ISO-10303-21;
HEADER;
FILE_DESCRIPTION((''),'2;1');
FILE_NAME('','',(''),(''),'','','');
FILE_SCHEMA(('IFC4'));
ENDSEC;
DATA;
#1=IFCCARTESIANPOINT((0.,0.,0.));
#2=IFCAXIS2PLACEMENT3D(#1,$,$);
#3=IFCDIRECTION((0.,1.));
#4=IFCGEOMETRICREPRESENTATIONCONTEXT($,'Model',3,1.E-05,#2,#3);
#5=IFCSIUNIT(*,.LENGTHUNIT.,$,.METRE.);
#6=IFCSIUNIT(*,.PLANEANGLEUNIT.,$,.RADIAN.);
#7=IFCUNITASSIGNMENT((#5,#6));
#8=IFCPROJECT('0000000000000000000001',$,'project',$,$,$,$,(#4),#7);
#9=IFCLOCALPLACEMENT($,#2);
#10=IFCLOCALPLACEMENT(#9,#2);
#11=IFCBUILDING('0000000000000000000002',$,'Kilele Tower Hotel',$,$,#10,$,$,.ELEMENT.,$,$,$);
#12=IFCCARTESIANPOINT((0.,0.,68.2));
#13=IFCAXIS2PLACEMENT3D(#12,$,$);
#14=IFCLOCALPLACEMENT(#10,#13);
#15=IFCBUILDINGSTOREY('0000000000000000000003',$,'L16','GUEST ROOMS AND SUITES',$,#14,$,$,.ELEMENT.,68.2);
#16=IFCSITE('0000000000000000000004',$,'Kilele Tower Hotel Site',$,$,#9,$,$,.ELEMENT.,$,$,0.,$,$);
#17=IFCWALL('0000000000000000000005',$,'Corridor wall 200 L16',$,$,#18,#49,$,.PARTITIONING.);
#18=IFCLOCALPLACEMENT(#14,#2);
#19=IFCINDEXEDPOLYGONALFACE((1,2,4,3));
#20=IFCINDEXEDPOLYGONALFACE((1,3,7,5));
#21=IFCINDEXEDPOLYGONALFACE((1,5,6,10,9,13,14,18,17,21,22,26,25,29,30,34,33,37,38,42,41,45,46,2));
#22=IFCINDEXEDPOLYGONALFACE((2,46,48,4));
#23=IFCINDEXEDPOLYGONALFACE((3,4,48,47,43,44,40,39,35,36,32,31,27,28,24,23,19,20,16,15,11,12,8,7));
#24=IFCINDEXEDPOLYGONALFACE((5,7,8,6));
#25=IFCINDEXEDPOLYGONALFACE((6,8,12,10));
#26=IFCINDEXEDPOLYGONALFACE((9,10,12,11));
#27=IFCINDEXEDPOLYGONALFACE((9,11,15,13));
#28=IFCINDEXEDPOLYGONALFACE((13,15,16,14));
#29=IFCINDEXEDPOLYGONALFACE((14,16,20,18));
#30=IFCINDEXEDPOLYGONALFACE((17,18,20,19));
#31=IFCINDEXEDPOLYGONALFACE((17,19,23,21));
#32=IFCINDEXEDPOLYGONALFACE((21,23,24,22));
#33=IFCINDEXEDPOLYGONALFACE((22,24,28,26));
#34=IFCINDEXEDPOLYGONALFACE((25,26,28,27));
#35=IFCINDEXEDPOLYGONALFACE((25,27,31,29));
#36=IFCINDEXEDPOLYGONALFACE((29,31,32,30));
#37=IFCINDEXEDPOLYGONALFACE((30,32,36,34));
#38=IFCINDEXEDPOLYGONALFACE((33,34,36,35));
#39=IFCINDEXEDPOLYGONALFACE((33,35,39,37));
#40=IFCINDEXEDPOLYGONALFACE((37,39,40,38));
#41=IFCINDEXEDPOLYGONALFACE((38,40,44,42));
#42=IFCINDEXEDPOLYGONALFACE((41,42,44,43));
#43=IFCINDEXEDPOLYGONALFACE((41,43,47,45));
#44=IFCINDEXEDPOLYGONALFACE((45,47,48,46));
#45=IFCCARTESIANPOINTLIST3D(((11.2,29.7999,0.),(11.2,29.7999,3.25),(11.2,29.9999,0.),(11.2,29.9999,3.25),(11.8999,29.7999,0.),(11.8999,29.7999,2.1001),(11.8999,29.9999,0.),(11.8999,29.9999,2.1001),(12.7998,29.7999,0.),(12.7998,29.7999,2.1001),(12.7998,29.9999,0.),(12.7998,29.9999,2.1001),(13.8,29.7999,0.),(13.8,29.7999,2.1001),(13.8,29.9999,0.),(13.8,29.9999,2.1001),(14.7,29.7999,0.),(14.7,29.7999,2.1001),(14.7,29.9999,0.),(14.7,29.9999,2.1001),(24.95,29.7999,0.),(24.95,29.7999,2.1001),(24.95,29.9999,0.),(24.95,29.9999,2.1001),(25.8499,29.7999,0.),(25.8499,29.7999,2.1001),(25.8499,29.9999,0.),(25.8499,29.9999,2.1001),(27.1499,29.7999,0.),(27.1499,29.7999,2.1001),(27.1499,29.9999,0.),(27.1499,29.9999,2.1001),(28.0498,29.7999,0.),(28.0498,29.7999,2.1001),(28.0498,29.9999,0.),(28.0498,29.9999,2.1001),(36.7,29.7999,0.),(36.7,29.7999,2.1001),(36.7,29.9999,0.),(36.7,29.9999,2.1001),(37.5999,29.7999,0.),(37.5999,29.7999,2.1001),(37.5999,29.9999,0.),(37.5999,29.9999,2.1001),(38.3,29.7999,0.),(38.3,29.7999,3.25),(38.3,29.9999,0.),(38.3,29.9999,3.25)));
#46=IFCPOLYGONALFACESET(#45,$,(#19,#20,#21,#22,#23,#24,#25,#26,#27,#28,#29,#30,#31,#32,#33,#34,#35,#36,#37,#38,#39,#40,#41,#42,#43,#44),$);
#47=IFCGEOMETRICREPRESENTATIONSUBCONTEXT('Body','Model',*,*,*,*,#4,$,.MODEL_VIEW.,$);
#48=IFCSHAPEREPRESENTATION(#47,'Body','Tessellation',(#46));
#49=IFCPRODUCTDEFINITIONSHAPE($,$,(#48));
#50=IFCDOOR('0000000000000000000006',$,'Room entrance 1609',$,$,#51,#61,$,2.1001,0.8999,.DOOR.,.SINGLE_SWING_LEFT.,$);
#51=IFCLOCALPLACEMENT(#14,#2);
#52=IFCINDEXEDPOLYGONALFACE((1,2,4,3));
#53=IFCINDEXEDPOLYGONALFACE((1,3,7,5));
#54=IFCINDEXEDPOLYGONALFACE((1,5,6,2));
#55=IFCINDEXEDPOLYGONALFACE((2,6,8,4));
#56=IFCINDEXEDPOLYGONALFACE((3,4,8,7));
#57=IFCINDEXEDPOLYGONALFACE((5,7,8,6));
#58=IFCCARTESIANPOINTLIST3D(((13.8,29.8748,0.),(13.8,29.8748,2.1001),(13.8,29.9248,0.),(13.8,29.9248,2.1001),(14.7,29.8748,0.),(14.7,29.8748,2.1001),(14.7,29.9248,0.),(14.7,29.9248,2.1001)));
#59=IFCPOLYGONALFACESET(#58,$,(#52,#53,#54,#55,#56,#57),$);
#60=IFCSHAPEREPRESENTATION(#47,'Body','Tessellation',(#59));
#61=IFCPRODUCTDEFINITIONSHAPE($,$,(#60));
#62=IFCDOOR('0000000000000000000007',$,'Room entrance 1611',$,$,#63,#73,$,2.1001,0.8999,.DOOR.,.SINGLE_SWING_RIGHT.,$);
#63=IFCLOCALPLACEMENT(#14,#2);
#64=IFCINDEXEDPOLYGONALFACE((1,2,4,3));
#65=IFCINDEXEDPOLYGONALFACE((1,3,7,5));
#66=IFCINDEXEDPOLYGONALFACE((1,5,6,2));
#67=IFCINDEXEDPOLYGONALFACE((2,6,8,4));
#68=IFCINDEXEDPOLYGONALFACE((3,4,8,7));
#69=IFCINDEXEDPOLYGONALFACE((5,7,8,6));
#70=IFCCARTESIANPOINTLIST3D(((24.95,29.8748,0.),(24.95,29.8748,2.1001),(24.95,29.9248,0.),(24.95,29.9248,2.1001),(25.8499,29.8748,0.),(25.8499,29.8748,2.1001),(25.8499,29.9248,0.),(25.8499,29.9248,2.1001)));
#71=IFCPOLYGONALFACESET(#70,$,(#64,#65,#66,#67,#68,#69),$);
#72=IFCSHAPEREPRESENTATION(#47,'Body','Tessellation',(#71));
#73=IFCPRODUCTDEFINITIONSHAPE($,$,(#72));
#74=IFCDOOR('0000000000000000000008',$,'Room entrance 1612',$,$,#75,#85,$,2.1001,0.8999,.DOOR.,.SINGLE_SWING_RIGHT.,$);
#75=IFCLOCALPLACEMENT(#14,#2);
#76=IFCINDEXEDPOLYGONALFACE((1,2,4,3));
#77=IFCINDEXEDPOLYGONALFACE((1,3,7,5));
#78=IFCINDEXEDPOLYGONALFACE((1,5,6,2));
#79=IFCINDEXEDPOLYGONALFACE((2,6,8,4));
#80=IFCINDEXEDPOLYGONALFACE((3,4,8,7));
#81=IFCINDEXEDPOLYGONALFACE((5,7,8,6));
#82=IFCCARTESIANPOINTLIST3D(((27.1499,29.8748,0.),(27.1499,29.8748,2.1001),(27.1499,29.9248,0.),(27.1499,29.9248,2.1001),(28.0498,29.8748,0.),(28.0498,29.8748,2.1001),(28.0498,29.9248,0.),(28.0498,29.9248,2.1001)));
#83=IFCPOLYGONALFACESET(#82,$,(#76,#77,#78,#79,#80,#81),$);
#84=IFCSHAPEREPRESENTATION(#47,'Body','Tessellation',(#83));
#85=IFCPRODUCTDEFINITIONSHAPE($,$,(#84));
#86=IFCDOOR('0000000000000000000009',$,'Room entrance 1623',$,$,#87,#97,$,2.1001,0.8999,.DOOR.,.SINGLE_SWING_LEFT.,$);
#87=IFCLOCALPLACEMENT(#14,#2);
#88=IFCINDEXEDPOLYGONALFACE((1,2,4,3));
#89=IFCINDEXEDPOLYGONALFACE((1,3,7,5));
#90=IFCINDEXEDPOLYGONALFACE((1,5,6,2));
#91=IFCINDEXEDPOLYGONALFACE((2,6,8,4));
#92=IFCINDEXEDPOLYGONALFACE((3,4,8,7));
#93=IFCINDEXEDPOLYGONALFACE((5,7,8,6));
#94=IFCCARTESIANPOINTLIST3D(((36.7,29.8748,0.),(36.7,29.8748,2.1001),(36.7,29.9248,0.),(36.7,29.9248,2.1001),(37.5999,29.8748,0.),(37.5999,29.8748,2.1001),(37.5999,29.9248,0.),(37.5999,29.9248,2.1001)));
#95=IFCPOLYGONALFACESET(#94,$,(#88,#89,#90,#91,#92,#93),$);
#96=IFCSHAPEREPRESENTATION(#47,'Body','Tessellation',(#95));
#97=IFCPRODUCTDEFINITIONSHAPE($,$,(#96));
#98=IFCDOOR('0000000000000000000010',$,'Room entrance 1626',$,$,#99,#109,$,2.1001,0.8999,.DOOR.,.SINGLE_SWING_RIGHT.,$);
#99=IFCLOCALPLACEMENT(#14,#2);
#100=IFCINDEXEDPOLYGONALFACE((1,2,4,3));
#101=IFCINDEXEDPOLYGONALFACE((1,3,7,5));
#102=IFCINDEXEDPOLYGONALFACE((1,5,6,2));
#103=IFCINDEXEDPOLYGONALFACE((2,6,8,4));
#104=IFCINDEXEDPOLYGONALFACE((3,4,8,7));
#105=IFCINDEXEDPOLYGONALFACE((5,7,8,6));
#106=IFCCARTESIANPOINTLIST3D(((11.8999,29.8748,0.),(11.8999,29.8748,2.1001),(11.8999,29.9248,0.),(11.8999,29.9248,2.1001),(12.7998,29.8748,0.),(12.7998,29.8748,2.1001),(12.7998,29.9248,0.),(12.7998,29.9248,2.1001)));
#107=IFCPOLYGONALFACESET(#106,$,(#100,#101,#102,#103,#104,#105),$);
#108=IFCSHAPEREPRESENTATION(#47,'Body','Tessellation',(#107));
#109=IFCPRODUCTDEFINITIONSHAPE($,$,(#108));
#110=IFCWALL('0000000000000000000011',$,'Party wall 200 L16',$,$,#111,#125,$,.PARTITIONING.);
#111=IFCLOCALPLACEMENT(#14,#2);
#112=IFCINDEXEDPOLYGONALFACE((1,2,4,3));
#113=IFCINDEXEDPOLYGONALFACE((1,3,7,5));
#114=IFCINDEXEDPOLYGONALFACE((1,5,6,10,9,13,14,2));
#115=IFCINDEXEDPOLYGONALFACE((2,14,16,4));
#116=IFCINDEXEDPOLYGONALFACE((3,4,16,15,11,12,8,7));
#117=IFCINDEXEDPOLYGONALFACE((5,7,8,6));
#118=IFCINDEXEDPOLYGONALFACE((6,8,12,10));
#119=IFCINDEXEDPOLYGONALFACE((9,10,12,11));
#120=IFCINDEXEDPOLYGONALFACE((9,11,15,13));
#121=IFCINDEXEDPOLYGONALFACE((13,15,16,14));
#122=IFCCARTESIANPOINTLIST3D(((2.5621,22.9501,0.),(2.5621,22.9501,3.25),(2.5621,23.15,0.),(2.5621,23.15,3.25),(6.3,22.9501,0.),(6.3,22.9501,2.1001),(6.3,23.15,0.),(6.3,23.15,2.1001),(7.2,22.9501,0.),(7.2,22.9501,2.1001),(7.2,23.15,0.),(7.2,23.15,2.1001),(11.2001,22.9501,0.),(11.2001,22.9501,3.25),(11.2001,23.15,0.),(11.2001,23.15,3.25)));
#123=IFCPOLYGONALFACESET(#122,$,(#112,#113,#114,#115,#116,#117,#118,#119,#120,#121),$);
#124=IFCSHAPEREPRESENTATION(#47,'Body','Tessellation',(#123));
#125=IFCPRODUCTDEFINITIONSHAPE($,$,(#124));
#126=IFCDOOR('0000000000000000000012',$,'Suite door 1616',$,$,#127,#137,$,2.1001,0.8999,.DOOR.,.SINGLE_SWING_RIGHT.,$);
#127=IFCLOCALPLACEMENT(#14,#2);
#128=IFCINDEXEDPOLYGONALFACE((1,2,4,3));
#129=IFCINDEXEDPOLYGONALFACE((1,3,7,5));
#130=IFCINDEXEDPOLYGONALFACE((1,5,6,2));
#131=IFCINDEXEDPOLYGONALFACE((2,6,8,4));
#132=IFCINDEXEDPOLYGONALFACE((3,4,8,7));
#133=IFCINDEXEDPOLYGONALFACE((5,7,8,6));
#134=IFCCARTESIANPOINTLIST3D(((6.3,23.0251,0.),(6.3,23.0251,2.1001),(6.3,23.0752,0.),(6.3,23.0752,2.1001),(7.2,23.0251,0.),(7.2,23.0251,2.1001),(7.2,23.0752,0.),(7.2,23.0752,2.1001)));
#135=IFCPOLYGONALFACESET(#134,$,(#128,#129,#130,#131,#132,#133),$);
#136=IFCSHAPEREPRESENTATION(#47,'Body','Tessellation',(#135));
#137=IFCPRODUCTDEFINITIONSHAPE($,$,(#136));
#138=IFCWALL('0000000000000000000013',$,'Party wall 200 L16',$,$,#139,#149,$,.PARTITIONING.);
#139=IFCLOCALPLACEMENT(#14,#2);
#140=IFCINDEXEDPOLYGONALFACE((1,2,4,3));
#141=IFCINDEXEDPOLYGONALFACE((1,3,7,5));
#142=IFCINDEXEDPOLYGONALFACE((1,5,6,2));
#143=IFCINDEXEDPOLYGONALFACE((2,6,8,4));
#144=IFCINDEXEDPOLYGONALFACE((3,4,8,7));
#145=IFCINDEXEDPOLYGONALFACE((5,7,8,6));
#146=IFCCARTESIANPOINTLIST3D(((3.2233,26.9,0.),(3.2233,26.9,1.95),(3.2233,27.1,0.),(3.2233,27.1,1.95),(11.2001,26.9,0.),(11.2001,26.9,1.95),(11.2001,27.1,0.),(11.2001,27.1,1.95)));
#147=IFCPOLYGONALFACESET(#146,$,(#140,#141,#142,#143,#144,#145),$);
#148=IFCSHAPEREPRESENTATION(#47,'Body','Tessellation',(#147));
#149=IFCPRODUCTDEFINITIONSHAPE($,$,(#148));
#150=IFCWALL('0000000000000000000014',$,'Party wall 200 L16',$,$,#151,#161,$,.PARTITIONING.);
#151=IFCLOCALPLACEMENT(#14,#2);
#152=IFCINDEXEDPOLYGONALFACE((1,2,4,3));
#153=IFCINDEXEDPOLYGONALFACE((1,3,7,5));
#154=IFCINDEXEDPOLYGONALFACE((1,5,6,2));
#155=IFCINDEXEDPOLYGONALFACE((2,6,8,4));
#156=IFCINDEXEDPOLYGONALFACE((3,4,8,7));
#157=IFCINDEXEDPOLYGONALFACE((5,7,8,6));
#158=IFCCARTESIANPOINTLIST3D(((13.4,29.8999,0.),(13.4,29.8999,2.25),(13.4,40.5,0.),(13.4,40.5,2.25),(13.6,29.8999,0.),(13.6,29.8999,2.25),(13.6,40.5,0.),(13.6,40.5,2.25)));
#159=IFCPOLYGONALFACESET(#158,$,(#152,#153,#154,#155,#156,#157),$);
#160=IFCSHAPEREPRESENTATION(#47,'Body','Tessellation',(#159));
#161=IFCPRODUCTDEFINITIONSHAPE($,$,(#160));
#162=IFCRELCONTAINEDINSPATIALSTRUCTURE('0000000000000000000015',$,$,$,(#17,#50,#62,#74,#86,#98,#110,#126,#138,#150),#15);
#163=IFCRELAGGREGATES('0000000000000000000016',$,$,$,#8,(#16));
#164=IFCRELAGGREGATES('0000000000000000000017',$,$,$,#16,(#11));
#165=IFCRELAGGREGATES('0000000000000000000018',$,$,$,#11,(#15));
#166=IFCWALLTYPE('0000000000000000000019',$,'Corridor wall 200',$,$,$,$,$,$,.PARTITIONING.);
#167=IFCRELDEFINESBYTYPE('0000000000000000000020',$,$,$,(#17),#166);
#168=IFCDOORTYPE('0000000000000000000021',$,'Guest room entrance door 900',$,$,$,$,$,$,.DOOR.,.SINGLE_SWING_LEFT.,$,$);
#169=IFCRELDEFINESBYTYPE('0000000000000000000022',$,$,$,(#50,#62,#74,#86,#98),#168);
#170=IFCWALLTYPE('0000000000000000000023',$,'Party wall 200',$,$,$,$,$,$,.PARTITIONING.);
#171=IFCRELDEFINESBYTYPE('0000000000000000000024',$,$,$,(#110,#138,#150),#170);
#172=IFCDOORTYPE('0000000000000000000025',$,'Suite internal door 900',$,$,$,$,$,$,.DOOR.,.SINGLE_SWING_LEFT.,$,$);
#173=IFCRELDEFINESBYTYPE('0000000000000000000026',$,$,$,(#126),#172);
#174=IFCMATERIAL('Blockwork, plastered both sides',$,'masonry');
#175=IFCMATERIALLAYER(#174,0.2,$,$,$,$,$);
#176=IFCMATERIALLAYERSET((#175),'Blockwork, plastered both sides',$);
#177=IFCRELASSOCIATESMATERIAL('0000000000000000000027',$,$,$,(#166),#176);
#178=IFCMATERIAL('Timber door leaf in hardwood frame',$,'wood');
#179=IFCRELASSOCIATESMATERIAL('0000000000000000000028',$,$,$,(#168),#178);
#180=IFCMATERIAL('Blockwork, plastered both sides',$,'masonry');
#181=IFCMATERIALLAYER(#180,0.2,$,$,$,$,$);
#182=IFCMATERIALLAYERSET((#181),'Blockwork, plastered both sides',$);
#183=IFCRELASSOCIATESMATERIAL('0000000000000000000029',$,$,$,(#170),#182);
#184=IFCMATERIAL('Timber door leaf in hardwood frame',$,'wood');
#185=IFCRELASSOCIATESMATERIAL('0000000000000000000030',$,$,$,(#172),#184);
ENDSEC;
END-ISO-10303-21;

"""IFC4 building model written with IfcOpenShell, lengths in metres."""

from ifc_helpers import new_model, si_unit, direction, frame, frame_2d, origin, place, context, subcontext, project, spatial, rectangle, extrude, material, layer, layer_set, type_object, element, fill, save


model = new_model("IFC4")

# Units and contexts
model_context = context("Model", 3, precision=1e-05, world=origin(), true_north=direction((0.0, 1.0)))
body_context = subcontext(model_context, "Body", "Model", "MODEL_VIEW")
ifc_project = project(units=[si_unit("LENGTHUNIT", "METRE"), si_unit("PLANEANGLEUNIT", "RADIAN")], contexts=[model_context])

# Site, building, storey
site_placement = place(None, origin())
site = spatial("IfcSite", under=ifc_project, at=site_placement, Name="Kilele Tower Hotel Site", CompositionType="ELEMENT", RefElevation=0.0)
building_placement = place(site_placement, origin())
building = spatial("IfcBuilding", under=site, at=building_placement, Name="Kilele Tower Hotel", CompositionType="ELEMENT")
storey_placement = place(building_placement, frame((0.0, 0.0, 68.2)))
storey = spatial("IfcBuildingStorey", under=building, at=storey_placement, Name="L16", Description="GUEST ROOMS AND SUITES", CompositionType="ELEMENT", Elevation=68.2)

# Wall, openings, doors
ifc_material_1 = material(Name="Blockwork, plastered both sides", Category="masonry")
ifc_layer_1 = layer(ifc_material_1, 0.2)
ifc_layer_set_1 = layer_set([ifc_layer_1], Name="Blockwork, plastered both sides")
wall_type_1 = type_object("IfcWallType", Name="Corridor wall 200", PredefinedType="PARTITIONING", material=ifc_layer_set_1)
wall_1_placement = place(storey_placement, frame((11.2, 29.8999, 0.0), z_axis=(0.0, 0.0, 1.0), x_axis=(1.0, 0.0, 0.0)))
wall_1 = element("IfcWall", 1, at=wall_1_placement, inside=storey, type_object=wall_type_1, Name="Corridor wall 200 L16", PredefinedType="PARTITIONING", context=body_context, shape_type="SweptSolid", body=[
    extrude(rectangle(XDim=27.1001, YDim=0.2, at=frame_2d((13.55, 0.0))), origin(), (0.0, 0.0, 1.0), 3.25),
])
opening_1_placement = place(wall_1_placement, frame((2.6001, 0.0, 0.0)))
opening_1 = element("IfcOpeningElement", 2, at=opening_1_placement, cuts=wall_1, PredefinedType="OPENING", context=body_context, shape_type="SweptSolid", body=[
    extrude(rectangle(XDim=0.8999, YDim=2.1001, at=frame_2d((0.45, 1.05))), frame((0.0, 0.1099, 0.0), z_axis=(0.0, -1.0, 0.0), x_axis=(1.0, 0.0, 0.0)), (0.0, 0.0, 1.0), 0.22),
])
opening_2_placement = place(wall_1_placement, frame((13.75, 0.0, 0.0)))
opening_2 = element("IfcOpeningElement", 3, at=opening_2_placement, cuts=wall_1, PredefinedType="OPENING", context=body_context, shape_type="SweptSolid", body=[
    extrude(rectangle(XDim=0.8999, YDim=2.1001, at=frame_2d((0.45, 1.05))), frame((0.0, 0.1099, 0.0), z_axis=(0.0, -1.0, 0.0), x_axis=(1.0, 0.0, 0.0)), (0.0, 0.0, 1.0), 0.22),
])
opening_3_placement = place(wall_1_placement, frame((15.95, 0.0, 0.0)))
opening_3 = element("IfcOpeningElement", 4, at=opening_3_placement, cuts=wall_1, PredefinedType="OPENING", context=body_context, shape_type="SweptSolid", body=[
    extrude(rectangle(XDim=0.8999, YDim=2.1001, at=frame_2d((0.45, 1.05))), frame((0.0, 0.1099, 0.0), z_axis=(0.0, -1.0, 0.0), x_axis=(1.0, 0.0, 0.0)), (0.0, 0.0, 1.0), 0.22),
])
opening_4_placement = place(wall_1_placement, frame((25.5, 0.0, 0.0)))
opening_4 = element("IfcOpeningElement", 5, at=opening_4_placement, cuts=wall_1, PredefinedType="OPENING", context=body_context, shape_type="SweptSolid", body=[
    extrude(rectangle(XDim=0.8999, YDim=2.1001, at=frame_2d((0.45, 1.05))), frame((0.0, 0.1099, 0.0), z_axis=(0.0, -1.0, 0.0), x_axis=(1.0, 0.0, 0.0)), (0.0, 0.0, 1.0), 0.22),
])
opening_5_placement = place(wall_1_placement, frame((0.7, 0.0, 0.0)))
opening_5 = element("IfcOpeningElement", 6, at=opening_5_placement, cuts=wall_1, PredefinedType="OPENING", context=body_context, shape_type="SweptSolid", body=[
    extrude(rectangle(XDim=0.8999, YDim=2.1001, at=frame_2d((0.45, 1.05))), frame((0.0, 0.1099, 0.0), z_axis=(0.0, -1.0, 0.0), x_axis=(1.0, 0.0, 0.0)), (0.0, 0.0, 1.0), 0.22),
])
ifc_material_2 = material(Name="Timber door leaf in hardwood frame", Category="wood")
door_type_1 = type_object("IfcDoorType", Name="Guest room entrance door 900", OperationType="SINGLE_SWING_LEFT", PredefinedType="DOOR", material=ifc_material_2)
door_1_placement = place(opening_1_placement, origin())
door_1 = element("IfcDoor", 7, at=door_1_placement, inside=storey, type_object=door_type_1, Name="Room entrance 1609", OperationType="SINGLE_SWING_LEFT", OverallHeight=2.1001, OverallWidth=0.8999, PredefinedType="DOOR", context=body_context, shape_type="SweptSolid", body=[
    extrude(rectangle(XDim=0.8999, YDim=2.1001, at=frame_2d((0.45, 1.05))), frame((0.0, 0.0249, 0.0), z_axis=(0.0, -1.0, 0.0), x_axis=(1.0, 0.0, 0.0)), (0.0, 0.0, 1.0), 0.05),
])
fill(opening_1, door_1)
door_2_placement = place(opening_2_placement, origin())
door_2 = element("IfcDoor", 8, at=door_2_placement, inside=storey, type_object=door_type_1, Name="Room entrance 1611", OperationType="SINGLE_SWING_RIGHT", OverallHeight=2.1001, OverallWidth=0.8999, PredefinedType="DOOR", context=body_context, shape_type="SweptSolid", body=[
    extrude(rectangle(XDim=0.8999, YDim=2.1001, at=frame_2d((0.45, 1.05))), frame((0.0, 0.0249, 0.0), z_axis=(0.0, -1.0, 0.0), x_axis=(1.0, 0.0, 0.0)), (0.0, 0.0, 1.0), 0.05),
])
fill(opening_2, door_2)
door_3_placement = place(opening_3_placement, origin())
door_3 = element("IfcDoor", 9, at=door_3_placement, inside=storey, type_object=door_type_1, Name="Room entrance 1612", OperationType="SINGLE_SWING_RIGHT", OverallHeight=2.1001, OverallWidth=0.8999, PredefinedType="DOOR", context=body_context, shape_type="SweptSolid", body=[
    extrude(rectangle(XDim=0.8999, YDim=2.1001, at=frame_2d((0.45, 1.05))), frame((0.0, 0.0249, 0.0), z_axis=(0.0, -1.0, 0.0), x_axis=(1.0, 0.0, 0.0)), (0.0, 0.0, 1.0), 0.05),
])
fill(opening_3, door_3)
door_4_placement = place(opening_4_placement, origin())
door_4 = element("IfcDoor", 10, at=door_4_placement, inside=storey, type_object=door_type_1, Name="Room entrance 1623", OperationType="SINGLE_SWING_LEFT", OverallHeight=2.1001, OverallWidth=0.8999, PredefinedType="DOOR", context=body_context, shape_type="SweptSolid", body=[
    extrude(rectangle(XDim=0.8999, YDim=2.1001, at=frame_2d((0.45, 1.05))), frame((0.0, 0.0249, 0.0), z_axis=(0.0, -1.0, 0.0), x_axis=(1.0, 0.0, 0.0)), (0.0, 0.0, 1.0), 0.05),
])
fill(opening_4, door_4)
door_5_placement = place(opening_5_placement, origin())
door_5 = element("IfcDoor", 11, at=door_5_placement, inside=storey, type_object=door_type_1, Name="Room entrance 1626", OperationType="SINGLE_SWING_RIGHT", OverallHeight=2.1001, OverallWidth=0.8999, PredefinedType="DOOR", context=body_context, shape_type="SweptSolid", body=[
    extrude(rectangle(XDim=0.8999, YDim=2.1001, at=frame_2d((0.45, 1.05))), frame((0.0, 0.0249, 0.0), z_axis=(0.0, -1.0, 0.0), x_axis=(1.0, 0.0, 0.0)), (0.0, 0.0, 1.0), 0.05),
])
fill(opening_5, door_5)

# Wall, opening, door
ifc_material_3 = material(Name="Blockwork, plastered both sides", Category="masonry")
ifc_layer_2 = layer(ifc_material_3, 0.2)
ifc_layer_set_2 = layer_set([ifc_layer_2], Name="Blockwork, plastered both sides")
wall_type_2 = type_object("IfcWallType", Name="Party wall 200", PredefinedType="PARTITIONING", material=ifc_layer_set_2)
wall_2_placement = place(storey_placement, frame((11.2, 23.05, 0.0), z_axis=(0.0, 0.0, 1.0), x_axis=(-1.0, 0.0, 0.0)))
wall_2 = element("IfcWall", 12, at=wall_2_placement, inside=storey, type_object=wall_type_2, Name="Party wall 200 L16", PredefinedType="PARTITIONING", context=body_context, shape_type="SweptSolid", body=[
    extrude(rectangle(XDim=8.6379, YDim=0.2, at=frame_2d((4.3188, 0.0))), origin(), (0.0, 0.0, 1.0), 3.25),
])
opening_6_placement = place(wall_2_placement, frame((4.0, 0.0, 0.0)))
opening_6 = element("IfcOpeningElement", 13, at=opening_6_placement, cuts=wall_2, PredefinedType="OPENING", context=body_context, shape_type="SweptSolid", body=[
    extrude(rectangle(XDim=0.8999, YDim=2.1001, at=frame_2d((0.45, 1.05))), frame((0.0, 0.1099, 0.0), z_axis=(0.0, -1.0, 0.0), x_axis=(1.0, 0.0, 0.0)), (0.0, 0.0, 1.0), 0.22),
])
ifc_material_4 = material(Name="Timber door leaf in hardwood frame", Category="wood")
door_type_2 = type_object("IfcDoorType", Name="Suite internal door 900", OperationType="SINGLE_SWING_LEFT", PredefinedType="DOOR", material=ifc_material_4)
door_6_placement = place(opening_6_placement, origin())
door_6 = element("IfcDoor", 14, at=door_6_placement, inside=storey, type_object=door_type_2, Name="Suite door 1616", OperationType="SINGLE_SWING_RIGHT", OverallHeight=2.1001, OverallWidth=0.8999, PredefinedType="DOOR", context=body_context, shape_type="SweptSolid", body=[
    extrude(rectangle(XDim=0.8999, YDim=2.1001, at=frame_2d((0.45, 1.05))), frame((0.0, 0.0249, 0.0), z_axis=(0.0, -1.0, 0.0), x_axis=(1.0, 0.0, 0.0)), (0.0, 0.0, 1.0), 0.05),
])
fill(opening_6, door_6)

# Walls
wall_3_placement = place(storey_placement, frame((11.2, 27.0, 0.0), z_axis=(0.0, 0.0, 1.0), x_axis=(-1.0, 0.0, 0.0)))
element("IfcWall", 15, at=wall_3_placement, inside=storey, type_object=wall_type_2, Name="Party wall 200 L16", PredefinedType="PARTITIONING", context=body_context, shape_type="SweptSolid", body=[
    extrude(rectangle(XDim=7.9768, YDim=0.2, at=frame_2d((3.9883, 0.0))), origin(), (0.0, 0.0, 1.0), 1.95),
])
wall_4_placement = place(storey_placement, frame((13.5, 29.8999, 0.0), z_axis=(0.0, 0.0, 1.0), x_axis=(0.0, 1.0, 0.0)))
element("IfcWall", 16, at=wall_4_placement, inside=storey, type_object=wall_type_2, Name="Party wall 200 L16", PredefinedType="PARTITIONING", context=body_context, shape_type="SweptSolid", body=[
    extrude(rectangle(XDim=10.6001, YDim=0.2, at=frame_2d((5.3, 0.0))), origin(), (0.0, 0.0, 1.0), 2.25),
])

save(model, "model.ifc")
